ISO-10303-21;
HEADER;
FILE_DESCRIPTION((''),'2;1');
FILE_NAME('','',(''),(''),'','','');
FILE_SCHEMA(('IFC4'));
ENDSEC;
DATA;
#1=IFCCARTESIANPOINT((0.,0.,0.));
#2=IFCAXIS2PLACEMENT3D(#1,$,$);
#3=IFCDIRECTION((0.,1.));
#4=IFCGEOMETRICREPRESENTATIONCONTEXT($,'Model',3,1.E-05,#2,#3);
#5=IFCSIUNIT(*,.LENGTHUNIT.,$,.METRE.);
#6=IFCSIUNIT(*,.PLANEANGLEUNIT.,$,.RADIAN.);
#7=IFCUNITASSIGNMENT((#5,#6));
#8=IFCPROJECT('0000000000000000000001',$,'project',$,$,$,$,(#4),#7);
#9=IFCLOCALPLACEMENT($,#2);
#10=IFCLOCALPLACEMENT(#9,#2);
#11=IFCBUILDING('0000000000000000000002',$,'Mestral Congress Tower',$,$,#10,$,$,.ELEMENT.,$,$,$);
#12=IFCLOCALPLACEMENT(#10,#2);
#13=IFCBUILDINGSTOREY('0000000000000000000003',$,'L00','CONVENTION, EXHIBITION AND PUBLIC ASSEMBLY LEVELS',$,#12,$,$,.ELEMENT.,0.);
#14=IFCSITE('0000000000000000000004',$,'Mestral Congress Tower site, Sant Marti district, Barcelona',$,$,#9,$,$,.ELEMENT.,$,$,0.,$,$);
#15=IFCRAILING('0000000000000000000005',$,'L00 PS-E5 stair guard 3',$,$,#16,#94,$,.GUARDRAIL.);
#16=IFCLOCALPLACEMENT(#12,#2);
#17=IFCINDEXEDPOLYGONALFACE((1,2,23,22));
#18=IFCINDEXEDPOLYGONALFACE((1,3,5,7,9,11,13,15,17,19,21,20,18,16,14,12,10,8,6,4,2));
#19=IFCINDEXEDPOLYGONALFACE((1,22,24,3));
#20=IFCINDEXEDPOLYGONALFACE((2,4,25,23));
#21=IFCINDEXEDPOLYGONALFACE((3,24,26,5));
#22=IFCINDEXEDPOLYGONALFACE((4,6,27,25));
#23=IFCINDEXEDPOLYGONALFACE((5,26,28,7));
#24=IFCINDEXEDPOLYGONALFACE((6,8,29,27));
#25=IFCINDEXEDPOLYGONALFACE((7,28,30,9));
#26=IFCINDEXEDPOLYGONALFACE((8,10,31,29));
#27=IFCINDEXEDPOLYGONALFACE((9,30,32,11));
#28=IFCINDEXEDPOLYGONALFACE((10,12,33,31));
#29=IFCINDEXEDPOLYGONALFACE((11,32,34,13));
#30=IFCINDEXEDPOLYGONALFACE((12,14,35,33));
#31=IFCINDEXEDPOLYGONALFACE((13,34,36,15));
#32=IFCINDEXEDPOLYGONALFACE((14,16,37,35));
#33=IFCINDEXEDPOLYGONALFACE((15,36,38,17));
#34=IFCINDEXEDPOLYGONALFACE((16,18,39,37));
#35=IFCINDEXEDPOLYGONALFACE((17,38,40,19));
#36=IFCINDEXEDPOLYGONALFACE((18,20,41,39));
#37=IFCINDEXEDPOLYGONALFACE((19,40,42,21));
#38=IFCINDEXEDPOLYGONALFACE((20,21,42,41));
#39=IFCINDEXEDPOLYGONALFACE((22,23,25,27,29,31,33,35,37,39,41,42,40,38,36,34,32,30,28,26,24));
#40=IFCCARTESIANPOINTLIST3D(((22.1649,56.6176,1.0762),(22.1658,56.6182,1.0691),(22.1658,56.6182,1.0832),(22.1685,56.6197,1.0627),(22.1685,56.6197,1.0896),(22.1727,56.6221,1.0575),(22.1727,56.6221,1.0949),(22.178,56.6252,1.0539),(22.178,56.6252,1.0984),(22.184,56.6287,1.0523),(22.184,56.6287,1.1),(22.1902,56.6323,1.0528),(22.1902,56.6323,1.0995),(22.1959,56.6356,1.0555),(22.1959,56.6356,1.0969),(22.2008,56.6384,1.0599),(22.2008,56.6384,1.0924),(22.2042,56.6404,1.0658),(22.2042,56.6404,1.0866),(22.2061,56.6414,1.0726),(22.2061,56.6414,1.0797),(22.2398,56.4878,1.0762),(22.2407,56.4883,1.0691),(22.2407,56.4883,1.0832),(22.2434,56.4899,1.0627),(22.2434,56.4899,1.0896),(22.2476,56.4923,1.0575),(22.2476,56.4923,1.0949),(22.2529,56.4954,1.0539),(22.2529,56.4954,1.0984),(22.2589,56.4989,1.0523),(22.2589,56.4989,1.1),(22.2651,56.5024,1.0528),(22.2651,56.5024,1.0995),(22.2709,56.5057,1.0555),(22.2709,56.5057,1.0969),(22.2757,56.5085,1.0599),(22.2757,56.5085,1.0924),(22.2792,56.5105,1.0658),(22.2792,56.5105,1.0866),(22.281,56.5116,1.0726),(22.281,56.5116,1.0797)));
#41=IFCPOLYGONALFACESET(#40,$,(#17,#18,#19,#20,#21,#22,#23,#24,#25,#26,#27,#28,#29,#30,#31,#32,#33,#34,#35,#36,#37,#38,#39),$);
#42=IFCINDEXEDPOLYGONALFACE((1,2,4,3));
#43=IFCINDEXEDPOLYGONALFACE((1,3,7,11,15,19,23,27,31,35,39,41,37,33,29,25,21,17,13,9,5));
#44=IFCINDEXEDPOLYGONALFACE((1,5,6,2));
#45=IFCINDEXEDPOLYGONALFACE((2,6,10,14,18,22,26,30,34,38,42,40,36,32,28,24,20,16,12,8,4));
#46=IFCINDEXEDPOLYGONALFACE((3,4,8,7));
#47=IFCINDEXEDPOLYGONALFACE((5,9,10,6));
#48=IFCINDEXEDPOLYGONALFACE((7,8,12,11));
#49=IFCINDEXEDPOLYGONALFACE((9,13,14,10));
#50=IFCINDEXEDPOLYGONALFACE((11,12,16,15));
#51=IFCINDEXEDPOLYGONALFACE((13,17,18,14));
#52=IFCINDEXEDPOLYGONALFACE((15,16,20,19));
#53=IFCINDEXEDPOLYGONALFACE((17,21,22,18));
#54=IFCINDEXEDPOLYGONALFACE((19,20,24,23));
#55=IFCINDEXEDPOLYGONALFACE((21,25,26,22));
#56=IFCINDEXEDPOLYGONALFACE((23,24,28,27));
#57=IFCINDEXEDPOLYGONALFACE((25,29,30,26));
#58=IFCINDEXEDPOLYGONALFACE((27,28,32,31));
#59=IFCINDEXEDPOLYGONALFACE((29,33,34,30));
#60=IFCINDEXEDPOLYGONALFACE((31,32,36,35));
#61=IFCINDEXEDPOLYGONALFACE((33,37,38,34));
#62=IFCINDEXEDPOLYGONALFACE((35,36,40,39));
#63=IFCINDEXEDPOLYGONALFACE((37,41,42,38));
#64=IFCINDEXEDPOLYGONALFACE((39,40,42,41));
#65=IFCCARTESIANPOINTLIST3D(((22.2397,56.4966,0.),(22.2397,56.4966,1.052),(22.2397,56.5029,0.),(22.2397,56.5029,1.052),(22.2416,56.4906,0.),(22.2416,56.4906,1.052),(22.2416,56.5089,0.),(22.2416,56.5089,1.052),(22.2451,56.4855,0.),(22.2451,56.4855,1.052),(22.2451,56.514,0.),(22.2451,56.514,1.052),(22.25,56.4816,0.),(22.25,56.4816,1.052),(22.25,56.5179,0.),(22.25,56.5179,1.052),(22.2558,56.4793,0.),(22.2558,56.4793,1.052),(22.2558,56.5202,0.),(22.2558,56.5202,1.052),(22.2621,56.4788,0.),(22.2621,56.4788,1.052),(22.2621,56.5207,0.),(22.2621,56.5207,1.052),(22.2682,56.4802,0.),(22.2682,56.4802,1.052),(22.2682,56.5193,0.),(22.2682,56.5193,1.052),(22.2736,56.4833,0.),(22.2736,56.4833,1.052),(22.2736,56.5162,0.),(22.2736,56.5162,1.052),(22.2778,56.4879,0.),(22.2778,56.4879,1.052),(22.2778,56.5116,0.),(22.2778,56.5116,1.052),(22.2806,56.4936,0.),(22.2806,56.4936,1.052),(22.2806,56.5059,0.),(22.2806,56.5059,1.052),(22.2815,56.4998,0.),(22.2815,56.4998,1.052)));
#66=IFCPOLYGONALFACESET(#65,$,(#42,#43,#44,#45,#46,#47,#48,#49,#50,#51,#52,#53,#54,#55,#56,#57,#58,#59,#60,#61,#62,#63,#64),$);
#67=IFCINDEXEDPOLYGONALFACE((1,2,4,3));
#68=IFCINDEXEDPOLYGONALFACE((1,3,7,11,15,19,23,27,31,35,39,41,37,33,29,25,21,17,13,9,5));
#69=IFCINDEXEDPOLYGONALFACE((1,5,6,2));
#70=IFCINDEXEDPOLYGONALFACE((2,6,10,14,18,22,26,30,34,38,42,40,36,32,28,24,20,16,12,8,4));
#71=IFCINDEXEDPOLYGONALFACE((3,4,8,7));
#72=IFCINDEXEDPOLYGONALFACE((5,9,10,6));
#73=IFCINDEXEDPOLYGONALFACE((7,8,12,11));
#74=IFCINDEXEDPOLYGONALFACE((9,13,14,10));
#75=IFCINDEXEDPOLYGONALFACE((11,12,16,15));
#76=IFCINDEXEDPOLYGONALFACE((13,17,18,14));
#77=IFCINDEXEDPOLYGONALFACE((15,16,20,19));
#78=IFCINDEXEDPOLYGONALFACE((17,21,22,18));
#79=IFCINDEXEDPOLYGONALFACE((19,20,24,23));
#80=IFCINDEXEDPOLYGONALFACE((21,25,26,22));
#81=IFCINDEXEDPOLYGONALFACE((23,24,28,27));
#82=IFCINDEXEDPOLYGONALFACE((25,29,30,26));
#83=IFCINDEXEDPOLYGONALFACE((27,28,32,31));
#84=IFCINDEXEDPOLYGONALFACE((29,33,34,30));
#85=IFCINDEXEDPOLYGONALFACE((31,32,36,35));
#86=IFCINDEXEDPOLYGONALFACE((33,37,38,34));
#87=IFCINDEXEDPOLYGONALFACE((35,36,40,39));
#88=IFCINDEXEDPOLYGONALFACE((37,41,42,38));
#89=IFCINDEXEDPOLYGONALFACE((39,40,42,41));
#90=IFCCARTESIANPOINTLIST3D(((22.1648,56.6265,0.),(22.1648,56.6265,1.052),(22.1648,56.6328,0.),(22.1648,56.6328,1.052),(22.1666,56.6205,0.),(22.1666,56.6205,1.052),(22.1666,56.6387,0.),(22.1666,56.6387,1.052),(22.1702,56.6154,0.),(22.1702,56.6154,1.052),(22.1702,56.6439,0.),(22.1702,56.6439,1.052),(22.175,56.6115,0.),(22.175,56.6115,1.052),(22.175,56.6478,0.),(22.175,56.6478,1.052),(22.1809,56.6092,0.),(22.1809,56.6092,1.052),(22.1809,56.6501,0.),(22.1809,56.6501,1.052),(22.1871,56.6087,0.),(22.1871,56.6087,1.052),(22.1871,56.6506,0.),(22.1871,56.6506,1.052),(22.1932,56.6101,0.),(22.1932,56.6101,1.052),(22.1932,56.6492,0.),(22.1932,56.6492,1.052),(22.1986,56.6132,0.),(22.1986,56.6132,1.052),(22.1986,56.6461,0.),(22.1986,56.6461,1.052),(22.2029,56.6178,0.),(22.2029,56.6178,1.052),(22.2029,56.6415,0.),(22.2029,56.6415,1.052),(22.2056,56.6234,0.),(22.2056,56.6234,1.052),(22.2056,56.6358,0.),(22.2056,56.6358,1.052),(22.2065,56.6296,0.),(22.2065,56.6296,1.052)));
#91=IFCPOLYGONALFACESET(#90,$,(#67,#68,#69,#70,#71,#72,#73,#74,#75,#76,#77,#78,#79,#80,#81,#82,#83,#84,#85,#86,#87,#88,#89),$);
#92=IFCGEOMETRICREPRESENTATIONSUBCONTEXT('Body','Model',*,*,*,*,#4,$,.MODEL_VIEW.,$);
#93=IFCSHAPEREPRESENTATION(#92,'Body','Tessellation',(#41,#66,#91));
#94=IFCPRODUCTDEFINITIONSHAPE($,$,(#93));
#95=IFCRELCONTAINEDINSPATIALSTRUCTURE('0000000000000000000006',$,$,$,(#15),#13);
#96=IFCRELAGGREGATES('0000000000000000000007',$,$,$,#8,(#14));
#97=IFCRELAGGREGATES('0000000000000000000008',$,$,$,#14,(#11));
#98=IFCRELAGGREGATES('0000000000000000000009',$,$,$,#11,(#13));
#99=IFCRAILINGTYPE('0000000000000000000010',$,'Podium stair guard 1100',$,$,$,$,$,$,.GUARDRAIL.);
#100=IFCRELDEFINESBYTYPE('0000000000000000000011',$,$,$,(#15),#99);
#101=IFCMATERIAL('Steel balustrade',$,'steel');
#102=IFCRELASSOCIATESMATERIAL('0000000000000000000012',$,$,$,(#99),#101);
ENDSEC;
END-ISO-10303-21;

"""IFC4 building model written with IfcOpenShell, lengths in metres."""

from ifc_helpers import new_model, si_unit, direction, frame, origin, origin_2d, place, context, subcontext, project, spatial, circle, extrude, material, type_object, element, save


model = new_model("IFC4")

# Units and contexts
model_context = context("Model", 3, precision=1e-05, world=origin(), true_north=direction((0.0, 1.0)))
body_context = subcontext(model_context, "Body", "Model", "MODEL_VIEW")
ifc_project = project(units=[si_unit("LENGTHUNIT", "METRE"), si_unit("PLANEANGLEUNIT", "RADIAN")], contexts=[model_context])

# Site, building, storey
site_placement = place(None, origin())
site = spatial("IfcSite", under=ifc_project, at=site_placement, Name="Mestral Congress Tower site, Sant Marti district, Barcelona", CompositionType="ELEMENT", RefElevation=0.0)
building_placement = place(site_placement, origin())
building = spatial("IfcBuilding", under=site, at=building_placement, Name="Mestral Congress Tower", CompositionType="ELEMENT")
storey_placement = place(building_placement, origin())
storey = spatial("IfcBuildingStorey", under=building, at=storey_placement, Name="L00", Description="CONVENTION, EXHIBITION AND PUBLIC ASSEMBLY LEVELS", CompositionType="ELEMENT", Elevation=0.0)

# Railing
ifc_material_1 = material(Name="Steel balustrade", Category="steel")
railing_type_1 = type_object("IfcRailingType", Name="Podium stair guard 1100", PredefinedType="GUARDRAIL", material=ifc_material_1)
railing_1_placement = place(storey_placement, frame((22.2605, 56.4998, 0.0)))
element("IfcRailing", 1, at=railing_1_placement, inside=storey, type_object=railing_type_1, Name="L00 PS-E5 stair guard 3", PredefinedType="GUARDRAIL", context=body_context, shape_type="SweptSolid", body=[
    extrude(circle(Radius=0.0239, at=origin_2d()), frame((0.0, 0.0, 1.0762), z_axis=(-0.499816, 0.866131, 0.0), x_axis=(-0.866131, -0.499816, 0.0)), (0.0, 0.0, 1.0), 0.1499),
    extrude(circle(Radius=0.021, at=origin_2d()), origin(), (0.0, 0.0, 1.0), 1.052),
    extrude(circle(Radius=0.021, at=origin_2d()), frame((-0.075, 0.1299, 0.0)), (0.0, 0.0, 1.0), 1.052),
])

save(model, "model.ifc")
